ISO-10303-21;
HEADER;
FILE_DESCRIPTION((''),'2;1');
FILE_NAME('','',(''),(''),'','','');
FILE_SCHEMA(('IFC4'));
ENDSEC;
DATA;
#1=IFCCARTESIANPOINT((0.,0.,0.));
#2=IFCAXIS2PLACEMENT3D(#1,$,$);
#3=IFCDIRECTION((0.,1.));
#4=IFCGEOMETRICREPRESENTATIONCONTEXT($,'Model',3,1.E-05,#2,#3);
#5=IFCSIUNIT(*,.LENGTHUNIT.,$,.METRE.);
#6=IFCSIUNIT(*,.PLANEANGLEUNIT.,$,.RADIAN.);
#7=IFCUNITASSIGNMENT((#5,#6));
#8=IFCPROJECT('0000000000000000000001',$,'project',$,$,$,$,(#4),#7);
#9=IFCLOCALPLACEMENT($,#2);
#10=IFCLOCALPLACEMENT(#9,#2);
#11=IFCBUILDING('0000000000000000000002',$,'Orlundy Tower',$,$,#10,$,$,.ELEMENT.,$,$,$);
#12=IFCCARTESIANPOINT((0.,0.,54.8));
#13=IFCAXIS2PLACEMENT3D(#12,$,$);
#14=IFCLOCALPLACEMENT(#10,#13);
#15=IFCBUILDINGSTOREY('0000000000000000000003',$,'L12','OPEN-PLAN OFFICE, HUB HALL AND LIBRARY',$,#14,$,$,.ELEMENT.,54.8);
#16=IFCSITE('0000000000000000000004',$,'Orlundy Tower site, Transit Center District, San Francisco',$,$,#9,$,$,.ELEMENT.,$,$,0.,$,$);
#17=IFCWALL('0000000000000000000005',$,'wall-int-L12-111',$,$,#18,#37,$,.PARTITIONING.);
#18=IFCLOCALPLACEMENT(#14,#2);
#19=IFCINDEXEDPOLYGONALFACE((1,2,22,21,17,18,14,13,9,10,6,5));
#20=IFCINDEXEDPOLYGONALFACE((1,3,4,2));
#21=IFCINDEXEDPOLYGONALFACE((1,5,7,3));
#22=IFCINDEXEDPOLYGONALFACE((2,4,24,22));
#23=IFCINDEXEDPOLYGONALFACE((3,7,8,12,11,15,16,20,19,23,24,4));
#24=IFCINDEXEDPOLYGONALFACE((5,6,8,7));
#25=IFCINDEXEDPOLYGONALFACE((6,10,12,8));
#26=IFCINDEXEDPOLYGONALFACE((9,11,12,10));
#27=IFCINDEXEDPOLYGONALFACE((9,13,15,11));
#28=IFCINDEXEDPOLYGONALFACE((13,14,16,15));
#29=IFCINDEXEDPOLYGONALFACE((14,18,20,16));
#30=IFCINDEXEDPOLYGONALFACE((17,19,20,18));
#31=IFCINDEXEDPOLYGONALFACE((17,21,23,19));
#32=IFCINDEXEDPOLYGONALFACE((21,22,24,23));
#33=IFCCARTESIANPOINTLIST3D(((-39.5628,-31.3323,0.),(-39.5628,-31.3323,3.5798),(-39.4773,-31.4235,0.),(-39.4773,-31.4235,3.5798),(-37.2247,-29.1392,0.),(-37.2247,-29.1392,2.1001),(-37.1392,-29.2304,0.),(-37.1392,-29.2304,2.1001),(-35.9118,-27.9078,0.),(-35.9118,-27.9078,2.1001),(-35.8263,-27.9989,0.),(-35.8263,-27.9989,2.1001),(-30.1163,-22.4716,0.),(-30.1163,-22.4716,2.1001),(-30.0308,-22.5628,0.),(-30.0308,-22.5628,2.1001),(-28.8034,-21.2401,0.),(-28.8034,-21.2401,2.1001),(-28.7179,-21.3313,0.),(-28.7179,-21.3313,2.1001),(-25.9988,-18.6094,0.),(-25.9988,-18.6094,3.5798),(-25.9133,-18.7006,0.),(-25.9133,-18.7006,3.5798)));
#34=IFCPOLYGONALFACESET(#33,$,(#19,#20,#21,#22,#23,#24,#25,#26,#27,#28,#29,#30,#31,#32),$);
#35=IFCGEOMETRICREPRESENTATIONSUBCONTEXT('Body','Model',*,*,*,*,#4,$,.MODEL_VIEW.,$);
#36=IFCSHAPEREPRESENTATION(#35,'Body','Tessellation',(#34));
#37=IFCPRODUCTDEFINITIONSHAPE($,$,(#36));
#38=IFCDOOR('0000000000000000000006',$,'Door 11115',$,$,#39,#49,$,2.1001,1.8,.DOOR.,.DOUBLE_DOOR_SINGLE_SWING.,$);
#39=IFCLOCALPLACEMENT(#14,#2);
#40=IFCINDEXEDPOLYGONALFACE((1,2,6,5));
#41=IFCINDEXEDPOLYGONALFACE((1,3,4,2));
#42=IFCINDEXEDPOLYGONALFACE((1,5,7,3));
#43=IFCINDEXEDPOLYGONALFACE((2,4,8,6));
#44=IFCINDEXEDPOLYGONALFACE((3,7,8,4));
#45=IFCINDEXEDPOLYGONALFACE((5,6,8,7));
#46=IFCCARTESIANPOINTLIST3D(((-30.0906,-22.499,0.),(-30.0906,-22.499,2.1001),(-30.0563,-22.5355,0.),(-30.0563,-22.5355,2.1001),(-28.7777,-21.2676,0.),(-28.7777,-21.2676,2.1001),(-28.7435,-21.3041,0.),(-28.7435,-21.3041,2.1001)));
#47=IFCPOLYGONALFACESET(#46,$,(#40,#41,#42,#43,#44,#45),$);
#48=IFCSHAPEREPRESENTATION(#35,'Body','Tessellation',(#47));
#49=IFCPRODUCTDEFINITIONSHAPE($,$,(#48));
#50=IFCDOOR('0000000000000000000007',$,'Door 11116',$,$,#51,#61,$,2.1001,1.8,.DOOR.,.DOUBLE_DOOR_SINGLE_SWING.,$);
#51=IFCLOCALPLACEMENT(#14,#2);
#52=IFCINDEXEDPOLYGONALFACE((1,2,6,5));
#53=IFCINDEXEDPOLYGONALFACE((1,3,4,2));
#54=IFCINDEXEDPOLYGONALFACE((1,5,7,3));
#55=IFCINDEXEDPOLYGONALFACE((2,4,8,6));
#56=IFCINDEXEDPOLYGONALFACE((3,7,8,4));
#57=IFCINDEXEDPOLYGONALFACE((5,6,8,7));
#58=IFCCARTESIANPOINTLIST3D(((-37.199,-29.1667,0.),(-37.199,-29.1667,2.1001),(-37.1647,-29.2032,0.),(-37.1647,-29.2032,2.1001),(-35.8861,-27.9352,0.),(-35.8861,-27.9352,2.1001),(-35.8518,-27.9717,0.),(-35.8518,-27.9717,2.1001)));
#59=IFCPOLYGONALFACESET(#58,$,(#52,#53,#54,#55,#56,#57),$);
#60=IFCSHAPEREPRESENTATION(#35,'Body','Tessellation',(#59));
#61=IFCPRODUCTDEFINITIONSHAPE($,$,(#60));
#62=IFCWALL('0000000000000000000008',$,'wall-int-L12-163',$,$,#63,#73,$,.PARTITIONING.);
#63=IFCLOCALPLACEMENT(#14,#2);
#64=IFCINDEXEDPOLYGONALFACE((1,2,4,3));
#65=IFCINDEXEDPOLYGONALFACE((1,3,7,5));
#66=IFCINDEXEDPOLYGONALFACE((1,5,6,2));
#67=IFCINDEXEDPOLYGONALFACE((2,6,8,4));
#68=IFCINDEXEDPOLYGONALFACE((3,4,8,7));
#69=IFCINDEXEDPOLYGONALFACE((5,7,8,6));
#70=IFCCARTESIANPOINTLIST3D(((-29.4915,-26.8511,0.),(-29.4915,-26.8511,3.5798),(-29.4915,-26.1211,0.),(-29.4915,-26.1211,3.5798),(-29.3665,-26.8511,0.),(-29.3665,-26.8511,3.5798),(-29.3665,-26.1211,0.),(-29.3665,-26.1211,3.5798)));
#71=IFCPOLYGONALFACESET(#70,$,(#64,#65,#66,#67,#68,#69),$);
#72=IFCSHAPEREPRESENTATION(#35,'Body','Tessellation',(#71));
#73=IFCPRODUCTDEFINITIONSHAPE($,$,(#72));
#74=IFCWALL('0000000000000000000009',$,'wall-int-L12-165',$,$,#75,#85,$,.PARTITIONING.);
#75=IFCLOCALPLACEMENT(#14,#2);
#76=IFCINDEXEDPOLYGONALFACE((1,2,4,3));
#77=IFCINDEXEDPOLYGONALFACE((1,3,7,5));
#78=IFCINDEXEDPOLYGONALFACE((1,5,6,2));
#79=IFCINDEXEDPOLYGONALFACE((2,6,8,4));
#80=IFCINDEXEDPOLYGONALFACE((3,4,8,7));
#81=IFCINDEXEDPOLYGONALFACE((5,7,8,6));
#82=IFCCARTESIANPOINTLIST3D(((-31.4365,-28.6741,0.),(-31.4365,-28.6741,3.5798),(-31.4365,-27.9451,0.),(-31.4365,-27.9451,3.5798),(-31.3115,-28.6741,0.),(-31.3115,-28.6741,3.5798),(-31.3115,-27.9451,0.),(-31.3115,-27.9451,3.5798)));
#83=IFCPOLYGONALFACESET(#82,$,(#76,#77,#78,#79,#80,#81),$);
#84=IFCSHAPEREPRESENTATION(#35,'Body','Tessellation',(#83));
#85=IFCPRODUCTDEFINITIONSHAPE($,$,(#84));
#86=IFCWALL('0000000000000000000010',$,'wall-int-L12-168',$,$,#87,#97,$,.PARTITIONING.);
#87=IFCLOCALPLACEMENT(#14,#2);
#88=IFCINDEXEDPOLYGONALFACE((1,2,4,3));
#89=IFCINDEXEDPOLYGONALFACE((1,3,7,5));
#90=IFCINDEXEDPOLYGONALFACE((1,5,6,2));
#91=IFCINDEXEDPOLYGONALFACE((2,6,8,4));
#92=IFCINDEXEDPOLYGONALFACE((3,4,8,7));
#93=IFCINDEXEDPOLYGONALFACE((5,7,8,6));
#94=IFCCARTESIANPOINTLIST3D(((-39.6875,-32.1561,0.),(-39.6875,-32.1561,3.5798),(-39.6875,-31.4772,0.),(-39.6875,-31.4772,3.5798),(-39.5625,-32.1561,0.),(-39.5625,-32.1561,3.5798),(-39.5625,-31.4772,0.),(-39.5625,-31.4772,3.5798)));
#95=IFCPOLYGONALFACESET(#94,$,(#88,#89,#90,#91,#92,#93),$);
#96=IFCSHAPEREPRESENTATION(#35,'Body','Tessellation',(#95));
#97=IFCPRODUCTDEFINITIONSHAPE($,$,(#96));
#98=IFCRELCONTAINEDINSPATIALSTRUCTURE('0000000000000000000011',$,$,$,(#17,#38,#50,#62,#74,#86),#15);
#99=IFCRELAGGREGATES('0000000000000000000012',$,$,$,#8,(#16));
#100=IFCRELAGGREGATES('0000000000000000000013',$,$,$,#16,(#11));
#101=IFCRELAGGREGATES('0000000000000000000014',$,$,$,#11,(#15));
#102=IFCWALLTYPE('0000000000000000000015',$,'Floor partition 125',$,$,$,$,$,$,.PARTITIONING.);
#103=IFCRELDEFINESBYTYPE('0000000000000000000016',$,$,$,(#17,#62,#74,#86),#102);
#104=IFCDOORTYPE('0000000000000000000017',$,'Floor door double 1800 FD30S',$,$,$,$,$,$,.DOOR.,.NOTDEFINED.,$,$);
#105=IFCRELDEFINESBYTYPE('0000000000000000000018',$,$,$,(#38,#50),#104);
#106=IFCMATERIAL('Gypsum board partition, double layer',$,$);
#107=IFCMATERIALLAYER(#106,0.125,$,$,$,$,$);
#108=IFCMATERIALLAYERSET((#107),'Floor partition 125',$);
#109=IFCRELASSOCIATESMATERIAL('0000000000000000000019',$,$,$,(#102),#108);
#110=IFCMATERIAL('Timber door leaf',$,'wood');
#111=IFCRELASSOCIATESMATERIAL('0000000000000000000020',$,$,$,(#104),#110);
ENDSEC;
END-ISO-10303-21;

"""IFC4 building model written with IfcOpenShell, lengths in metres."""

from ifc_helpers import new_model, si_unit, direction, frame, frame_2d, origin, place, context, subcontext, project, spatial, rectangle, extrude, material, layer, layer_set, type_object, element, fill, save


model = new_model("IFC4")

# Units and contexts
model_context = context("Model", 3, precision=1e-05, world=origin(), true_north=direction((0.0, 1.0)))
body_context = subcontext(model_context, "Body", "Model", "MODEL_VIEW")
ifc_project = project(units=[si_unit("LENGTHUNIT", "METRE"), si_unit("PLANEANGLEUNIT", "RADIAN")], contexts=[model_context])

# Site, building, storey
site_placement = place(None, origin())
site = spatial("IfcSite", under=ifc_project, at=site_placement, Name="Orlundy Tower site, Transit Center District, San Francisco", CompositionType="ELEMENT", RefElevation=0.0)
building_placement = place(site_placement, origin())
building = spatial("IfcBuilding", under=site, at=building_placement, Name="Orlundy Tower", CompositionType="ELEMENT")
storey_placement = place(building_placement, frame((0.0, 0.0, 54.8)))
storey = spatial("IfcBuildingStorey", under=building, at=storey_placement, Name="L12", Description="OPEN-PLAN OFFICE, HUB HALL AND LIBRARY", CompositionType="ELEMENT", Elevation=54.8)

# Shared definitions
ifc_material_1 = material(Name="Gypsum board partition, double layer")
ifc_layer_1 = layer(ifc_material_1, 0.125)
ifc_layer_set_1 = layer_set([ifc_layer_1], Name="Floor partition 125")
wall_type_1 = type_object("IfcWallType", Name="Floor partition 125", PredefinedType="PARTITIONING", material=ifc_layer_set_1)

# Wall, openings, doors
wall_1_placement = place(storey_placement, frame((-39.52, -31.3779, 0.0), z_axis=(0.0, 0.0, 1.0), x_axis=(0.729358, 0.684132, 0.0)))
wall_1 = element("IfcWall", 1, at=wall_1_placement, inside=storey, type_object=wall_type_1, Name="wall-int-L12-111", PredefinedType="PARTITIONING", context=body_context, shape_type="SweptSolid", body=[
    extrude(rectangle(XDim=18.5972, YDim=0.125, at=frame_2d((9.2986, 0.0))), origin(), (0.0, 0.0, 1.0), 3.5798),
])
opening_1_placement = place(wall_1_placement, frame((12.9519, 0.0, 0.0)))
opening_1 = element("IfcOpeningElement", 2, at=opening_1_placement, cuts=wall_1, PredefinedType="OPENING", context=body_context, shape_type="SweptSolid", body=[
    extrude(rectangle(XDim=1.8, YDim=2.1001, at=frame_2d((0.8999, 1.05))), frame((0.0, 0.0725, 0.0), z_axis=(0.0, -1.0, 0.0), x_axis=(1.0, 0.0, 0.0)), (0.0, 0.0, 1.0), 0.145),
])
opening_2_placement = place(wall_1_placement, frame((3.2058, 0.0, 0.0)))
opening_2 = element("IfcOpeningElement", 3, at=opening_2_placement, cuts=wall_1, PredefinedType="OPENING", context=body_context, shape_type="SweptSolid", body=[
    extrude(rectangle(XDim=1.8, YDim=2.1001, at=frame_2d((0.8999, 1.05))), frame((0.0, 0.0725, 0.0), z_axis=(0.0, -1.0, 0.0), x_axis=(1.0, 0.0, 0.0)), (0.0, 0.0, 1.0), 0.145),
])
ifc_material_2 = material(Name="Timber door leaf", Category="wood")
door_type = type_object("IfcDoorType", Name="Floor door double 1800 FD30S", OperationType="NOTDEFINED", PredefinedType="DOOR", material=ifc_material_2)
door_1_placement = place(opening_1_placement, origin())
door_1 = element("IfcDoor", 4, at=door_1_placement, inside=storey, type_object=door_type, Name="Door 11115", OperationType="DOUBLE_DOOR_SINGLE_SWING", OverallHeight=2.1001, OverallWidth=1.8, PredefinedType="DOOR", context=body_context, shape_type="SweptSolid", body=[
    extrude(rectangle(XDim=1.8, YDim=2.1001, at=frame_2d((0.8999, 1.05))), frame((0.0, 0.0249, 0.0), z_axis=(0.0, -1.0, 0.0), x_axis=(1.0, 0.0, 0.0)), (0.0, 0.0, 1.0), 0.05),
])
fill(opening_1, door_1)
door_2_placement = place(opening_2_placement, origin())
door_2 = element("IfcDoor", 5, at=door_2_placement, inside=storey, type_object=door_type, Name="Door 11116", OperationType="DOUBLE_DOOR_SINGLE_SWING", OverallHeight=2.1001, OverallWidth=1.8, PredefinedType="DOOR", context=body_context, shape_type="SweptSolid", body=[
    extrude(rectangle(XDim=1.8, YDim=2.1001, at=frame_2d((0.8999, 1.05))), frame((0.0, 0.0249, 0.0), z_axis=(0.0, -1.0, 0.0), x_axis=(1.0, 0.0, 0.0)), (0.0, 0.0, 1.0), 0.05),
])
fill(opening_2, door_2)

# Walls
wall_2_placement = place(storey_placement, frame((-29.429, -26.8511, 0.0), z_axis=(0.0, 0.0, 1.0), x_axis=(0.0, 1.0, 0.0)))
element("IfcWall", 6, at=wall_2_placement, inside=storey, type_object=wall_type_1, Name="wall-int-L12-163", PredefinedType="PARTITIONING", context=body_context, shape_type="SweptSolid", body=[
    extrude(rectangle(XDim=0.73, YDim=0.125, at=frame_2d((0.365, 0.0))), origin(), (0.0, 0.0, 1.0), 3.5798),
])
wall_3_placement = place(storey_placement, frame((-31.374, -28.6741, 0.0), z_axis=(0.0, 0.0, 1.0), x_axis=(0.0, 1.0, 0.0)))
element("IfcWall", 7, at=wall_3_placement, inside=storey, type_object=wall_type_1, Name="wall-int-L12-165", PredefinedType="PARTITIONING", context=body_context, shape_type="SweptSolid", body=[
    extrude(rectangle(XDim=0.729, YDim=0.125, at=frame_2d((0.3645, 0.0))), origin(), (0.0, 0.0, 1.0), 3.5798),
])
wall_4_placement = place(storey_placement, frame((-39.625, -32.156, 0.0), z_axis=(0.0, 0.0, 1.0), x_axis=(0.0, 1.0, 0.0)))
element("IfcWall", 8, at=wall_4_placement, inside=storey, type_object=wall_type_1, Name="wall-int-L12-168", PredefinedType="PARTITIONING", context=body_context, shape_type="SweptSolid", body=[
    extrude(rectangle(XDim=0.679, YDim=0.125, at=frame_2d((0.3394, 0.0))), origin(), (0.0, 0.0, 1.0), 3.5798),
])

save(model, "model.ifc")
